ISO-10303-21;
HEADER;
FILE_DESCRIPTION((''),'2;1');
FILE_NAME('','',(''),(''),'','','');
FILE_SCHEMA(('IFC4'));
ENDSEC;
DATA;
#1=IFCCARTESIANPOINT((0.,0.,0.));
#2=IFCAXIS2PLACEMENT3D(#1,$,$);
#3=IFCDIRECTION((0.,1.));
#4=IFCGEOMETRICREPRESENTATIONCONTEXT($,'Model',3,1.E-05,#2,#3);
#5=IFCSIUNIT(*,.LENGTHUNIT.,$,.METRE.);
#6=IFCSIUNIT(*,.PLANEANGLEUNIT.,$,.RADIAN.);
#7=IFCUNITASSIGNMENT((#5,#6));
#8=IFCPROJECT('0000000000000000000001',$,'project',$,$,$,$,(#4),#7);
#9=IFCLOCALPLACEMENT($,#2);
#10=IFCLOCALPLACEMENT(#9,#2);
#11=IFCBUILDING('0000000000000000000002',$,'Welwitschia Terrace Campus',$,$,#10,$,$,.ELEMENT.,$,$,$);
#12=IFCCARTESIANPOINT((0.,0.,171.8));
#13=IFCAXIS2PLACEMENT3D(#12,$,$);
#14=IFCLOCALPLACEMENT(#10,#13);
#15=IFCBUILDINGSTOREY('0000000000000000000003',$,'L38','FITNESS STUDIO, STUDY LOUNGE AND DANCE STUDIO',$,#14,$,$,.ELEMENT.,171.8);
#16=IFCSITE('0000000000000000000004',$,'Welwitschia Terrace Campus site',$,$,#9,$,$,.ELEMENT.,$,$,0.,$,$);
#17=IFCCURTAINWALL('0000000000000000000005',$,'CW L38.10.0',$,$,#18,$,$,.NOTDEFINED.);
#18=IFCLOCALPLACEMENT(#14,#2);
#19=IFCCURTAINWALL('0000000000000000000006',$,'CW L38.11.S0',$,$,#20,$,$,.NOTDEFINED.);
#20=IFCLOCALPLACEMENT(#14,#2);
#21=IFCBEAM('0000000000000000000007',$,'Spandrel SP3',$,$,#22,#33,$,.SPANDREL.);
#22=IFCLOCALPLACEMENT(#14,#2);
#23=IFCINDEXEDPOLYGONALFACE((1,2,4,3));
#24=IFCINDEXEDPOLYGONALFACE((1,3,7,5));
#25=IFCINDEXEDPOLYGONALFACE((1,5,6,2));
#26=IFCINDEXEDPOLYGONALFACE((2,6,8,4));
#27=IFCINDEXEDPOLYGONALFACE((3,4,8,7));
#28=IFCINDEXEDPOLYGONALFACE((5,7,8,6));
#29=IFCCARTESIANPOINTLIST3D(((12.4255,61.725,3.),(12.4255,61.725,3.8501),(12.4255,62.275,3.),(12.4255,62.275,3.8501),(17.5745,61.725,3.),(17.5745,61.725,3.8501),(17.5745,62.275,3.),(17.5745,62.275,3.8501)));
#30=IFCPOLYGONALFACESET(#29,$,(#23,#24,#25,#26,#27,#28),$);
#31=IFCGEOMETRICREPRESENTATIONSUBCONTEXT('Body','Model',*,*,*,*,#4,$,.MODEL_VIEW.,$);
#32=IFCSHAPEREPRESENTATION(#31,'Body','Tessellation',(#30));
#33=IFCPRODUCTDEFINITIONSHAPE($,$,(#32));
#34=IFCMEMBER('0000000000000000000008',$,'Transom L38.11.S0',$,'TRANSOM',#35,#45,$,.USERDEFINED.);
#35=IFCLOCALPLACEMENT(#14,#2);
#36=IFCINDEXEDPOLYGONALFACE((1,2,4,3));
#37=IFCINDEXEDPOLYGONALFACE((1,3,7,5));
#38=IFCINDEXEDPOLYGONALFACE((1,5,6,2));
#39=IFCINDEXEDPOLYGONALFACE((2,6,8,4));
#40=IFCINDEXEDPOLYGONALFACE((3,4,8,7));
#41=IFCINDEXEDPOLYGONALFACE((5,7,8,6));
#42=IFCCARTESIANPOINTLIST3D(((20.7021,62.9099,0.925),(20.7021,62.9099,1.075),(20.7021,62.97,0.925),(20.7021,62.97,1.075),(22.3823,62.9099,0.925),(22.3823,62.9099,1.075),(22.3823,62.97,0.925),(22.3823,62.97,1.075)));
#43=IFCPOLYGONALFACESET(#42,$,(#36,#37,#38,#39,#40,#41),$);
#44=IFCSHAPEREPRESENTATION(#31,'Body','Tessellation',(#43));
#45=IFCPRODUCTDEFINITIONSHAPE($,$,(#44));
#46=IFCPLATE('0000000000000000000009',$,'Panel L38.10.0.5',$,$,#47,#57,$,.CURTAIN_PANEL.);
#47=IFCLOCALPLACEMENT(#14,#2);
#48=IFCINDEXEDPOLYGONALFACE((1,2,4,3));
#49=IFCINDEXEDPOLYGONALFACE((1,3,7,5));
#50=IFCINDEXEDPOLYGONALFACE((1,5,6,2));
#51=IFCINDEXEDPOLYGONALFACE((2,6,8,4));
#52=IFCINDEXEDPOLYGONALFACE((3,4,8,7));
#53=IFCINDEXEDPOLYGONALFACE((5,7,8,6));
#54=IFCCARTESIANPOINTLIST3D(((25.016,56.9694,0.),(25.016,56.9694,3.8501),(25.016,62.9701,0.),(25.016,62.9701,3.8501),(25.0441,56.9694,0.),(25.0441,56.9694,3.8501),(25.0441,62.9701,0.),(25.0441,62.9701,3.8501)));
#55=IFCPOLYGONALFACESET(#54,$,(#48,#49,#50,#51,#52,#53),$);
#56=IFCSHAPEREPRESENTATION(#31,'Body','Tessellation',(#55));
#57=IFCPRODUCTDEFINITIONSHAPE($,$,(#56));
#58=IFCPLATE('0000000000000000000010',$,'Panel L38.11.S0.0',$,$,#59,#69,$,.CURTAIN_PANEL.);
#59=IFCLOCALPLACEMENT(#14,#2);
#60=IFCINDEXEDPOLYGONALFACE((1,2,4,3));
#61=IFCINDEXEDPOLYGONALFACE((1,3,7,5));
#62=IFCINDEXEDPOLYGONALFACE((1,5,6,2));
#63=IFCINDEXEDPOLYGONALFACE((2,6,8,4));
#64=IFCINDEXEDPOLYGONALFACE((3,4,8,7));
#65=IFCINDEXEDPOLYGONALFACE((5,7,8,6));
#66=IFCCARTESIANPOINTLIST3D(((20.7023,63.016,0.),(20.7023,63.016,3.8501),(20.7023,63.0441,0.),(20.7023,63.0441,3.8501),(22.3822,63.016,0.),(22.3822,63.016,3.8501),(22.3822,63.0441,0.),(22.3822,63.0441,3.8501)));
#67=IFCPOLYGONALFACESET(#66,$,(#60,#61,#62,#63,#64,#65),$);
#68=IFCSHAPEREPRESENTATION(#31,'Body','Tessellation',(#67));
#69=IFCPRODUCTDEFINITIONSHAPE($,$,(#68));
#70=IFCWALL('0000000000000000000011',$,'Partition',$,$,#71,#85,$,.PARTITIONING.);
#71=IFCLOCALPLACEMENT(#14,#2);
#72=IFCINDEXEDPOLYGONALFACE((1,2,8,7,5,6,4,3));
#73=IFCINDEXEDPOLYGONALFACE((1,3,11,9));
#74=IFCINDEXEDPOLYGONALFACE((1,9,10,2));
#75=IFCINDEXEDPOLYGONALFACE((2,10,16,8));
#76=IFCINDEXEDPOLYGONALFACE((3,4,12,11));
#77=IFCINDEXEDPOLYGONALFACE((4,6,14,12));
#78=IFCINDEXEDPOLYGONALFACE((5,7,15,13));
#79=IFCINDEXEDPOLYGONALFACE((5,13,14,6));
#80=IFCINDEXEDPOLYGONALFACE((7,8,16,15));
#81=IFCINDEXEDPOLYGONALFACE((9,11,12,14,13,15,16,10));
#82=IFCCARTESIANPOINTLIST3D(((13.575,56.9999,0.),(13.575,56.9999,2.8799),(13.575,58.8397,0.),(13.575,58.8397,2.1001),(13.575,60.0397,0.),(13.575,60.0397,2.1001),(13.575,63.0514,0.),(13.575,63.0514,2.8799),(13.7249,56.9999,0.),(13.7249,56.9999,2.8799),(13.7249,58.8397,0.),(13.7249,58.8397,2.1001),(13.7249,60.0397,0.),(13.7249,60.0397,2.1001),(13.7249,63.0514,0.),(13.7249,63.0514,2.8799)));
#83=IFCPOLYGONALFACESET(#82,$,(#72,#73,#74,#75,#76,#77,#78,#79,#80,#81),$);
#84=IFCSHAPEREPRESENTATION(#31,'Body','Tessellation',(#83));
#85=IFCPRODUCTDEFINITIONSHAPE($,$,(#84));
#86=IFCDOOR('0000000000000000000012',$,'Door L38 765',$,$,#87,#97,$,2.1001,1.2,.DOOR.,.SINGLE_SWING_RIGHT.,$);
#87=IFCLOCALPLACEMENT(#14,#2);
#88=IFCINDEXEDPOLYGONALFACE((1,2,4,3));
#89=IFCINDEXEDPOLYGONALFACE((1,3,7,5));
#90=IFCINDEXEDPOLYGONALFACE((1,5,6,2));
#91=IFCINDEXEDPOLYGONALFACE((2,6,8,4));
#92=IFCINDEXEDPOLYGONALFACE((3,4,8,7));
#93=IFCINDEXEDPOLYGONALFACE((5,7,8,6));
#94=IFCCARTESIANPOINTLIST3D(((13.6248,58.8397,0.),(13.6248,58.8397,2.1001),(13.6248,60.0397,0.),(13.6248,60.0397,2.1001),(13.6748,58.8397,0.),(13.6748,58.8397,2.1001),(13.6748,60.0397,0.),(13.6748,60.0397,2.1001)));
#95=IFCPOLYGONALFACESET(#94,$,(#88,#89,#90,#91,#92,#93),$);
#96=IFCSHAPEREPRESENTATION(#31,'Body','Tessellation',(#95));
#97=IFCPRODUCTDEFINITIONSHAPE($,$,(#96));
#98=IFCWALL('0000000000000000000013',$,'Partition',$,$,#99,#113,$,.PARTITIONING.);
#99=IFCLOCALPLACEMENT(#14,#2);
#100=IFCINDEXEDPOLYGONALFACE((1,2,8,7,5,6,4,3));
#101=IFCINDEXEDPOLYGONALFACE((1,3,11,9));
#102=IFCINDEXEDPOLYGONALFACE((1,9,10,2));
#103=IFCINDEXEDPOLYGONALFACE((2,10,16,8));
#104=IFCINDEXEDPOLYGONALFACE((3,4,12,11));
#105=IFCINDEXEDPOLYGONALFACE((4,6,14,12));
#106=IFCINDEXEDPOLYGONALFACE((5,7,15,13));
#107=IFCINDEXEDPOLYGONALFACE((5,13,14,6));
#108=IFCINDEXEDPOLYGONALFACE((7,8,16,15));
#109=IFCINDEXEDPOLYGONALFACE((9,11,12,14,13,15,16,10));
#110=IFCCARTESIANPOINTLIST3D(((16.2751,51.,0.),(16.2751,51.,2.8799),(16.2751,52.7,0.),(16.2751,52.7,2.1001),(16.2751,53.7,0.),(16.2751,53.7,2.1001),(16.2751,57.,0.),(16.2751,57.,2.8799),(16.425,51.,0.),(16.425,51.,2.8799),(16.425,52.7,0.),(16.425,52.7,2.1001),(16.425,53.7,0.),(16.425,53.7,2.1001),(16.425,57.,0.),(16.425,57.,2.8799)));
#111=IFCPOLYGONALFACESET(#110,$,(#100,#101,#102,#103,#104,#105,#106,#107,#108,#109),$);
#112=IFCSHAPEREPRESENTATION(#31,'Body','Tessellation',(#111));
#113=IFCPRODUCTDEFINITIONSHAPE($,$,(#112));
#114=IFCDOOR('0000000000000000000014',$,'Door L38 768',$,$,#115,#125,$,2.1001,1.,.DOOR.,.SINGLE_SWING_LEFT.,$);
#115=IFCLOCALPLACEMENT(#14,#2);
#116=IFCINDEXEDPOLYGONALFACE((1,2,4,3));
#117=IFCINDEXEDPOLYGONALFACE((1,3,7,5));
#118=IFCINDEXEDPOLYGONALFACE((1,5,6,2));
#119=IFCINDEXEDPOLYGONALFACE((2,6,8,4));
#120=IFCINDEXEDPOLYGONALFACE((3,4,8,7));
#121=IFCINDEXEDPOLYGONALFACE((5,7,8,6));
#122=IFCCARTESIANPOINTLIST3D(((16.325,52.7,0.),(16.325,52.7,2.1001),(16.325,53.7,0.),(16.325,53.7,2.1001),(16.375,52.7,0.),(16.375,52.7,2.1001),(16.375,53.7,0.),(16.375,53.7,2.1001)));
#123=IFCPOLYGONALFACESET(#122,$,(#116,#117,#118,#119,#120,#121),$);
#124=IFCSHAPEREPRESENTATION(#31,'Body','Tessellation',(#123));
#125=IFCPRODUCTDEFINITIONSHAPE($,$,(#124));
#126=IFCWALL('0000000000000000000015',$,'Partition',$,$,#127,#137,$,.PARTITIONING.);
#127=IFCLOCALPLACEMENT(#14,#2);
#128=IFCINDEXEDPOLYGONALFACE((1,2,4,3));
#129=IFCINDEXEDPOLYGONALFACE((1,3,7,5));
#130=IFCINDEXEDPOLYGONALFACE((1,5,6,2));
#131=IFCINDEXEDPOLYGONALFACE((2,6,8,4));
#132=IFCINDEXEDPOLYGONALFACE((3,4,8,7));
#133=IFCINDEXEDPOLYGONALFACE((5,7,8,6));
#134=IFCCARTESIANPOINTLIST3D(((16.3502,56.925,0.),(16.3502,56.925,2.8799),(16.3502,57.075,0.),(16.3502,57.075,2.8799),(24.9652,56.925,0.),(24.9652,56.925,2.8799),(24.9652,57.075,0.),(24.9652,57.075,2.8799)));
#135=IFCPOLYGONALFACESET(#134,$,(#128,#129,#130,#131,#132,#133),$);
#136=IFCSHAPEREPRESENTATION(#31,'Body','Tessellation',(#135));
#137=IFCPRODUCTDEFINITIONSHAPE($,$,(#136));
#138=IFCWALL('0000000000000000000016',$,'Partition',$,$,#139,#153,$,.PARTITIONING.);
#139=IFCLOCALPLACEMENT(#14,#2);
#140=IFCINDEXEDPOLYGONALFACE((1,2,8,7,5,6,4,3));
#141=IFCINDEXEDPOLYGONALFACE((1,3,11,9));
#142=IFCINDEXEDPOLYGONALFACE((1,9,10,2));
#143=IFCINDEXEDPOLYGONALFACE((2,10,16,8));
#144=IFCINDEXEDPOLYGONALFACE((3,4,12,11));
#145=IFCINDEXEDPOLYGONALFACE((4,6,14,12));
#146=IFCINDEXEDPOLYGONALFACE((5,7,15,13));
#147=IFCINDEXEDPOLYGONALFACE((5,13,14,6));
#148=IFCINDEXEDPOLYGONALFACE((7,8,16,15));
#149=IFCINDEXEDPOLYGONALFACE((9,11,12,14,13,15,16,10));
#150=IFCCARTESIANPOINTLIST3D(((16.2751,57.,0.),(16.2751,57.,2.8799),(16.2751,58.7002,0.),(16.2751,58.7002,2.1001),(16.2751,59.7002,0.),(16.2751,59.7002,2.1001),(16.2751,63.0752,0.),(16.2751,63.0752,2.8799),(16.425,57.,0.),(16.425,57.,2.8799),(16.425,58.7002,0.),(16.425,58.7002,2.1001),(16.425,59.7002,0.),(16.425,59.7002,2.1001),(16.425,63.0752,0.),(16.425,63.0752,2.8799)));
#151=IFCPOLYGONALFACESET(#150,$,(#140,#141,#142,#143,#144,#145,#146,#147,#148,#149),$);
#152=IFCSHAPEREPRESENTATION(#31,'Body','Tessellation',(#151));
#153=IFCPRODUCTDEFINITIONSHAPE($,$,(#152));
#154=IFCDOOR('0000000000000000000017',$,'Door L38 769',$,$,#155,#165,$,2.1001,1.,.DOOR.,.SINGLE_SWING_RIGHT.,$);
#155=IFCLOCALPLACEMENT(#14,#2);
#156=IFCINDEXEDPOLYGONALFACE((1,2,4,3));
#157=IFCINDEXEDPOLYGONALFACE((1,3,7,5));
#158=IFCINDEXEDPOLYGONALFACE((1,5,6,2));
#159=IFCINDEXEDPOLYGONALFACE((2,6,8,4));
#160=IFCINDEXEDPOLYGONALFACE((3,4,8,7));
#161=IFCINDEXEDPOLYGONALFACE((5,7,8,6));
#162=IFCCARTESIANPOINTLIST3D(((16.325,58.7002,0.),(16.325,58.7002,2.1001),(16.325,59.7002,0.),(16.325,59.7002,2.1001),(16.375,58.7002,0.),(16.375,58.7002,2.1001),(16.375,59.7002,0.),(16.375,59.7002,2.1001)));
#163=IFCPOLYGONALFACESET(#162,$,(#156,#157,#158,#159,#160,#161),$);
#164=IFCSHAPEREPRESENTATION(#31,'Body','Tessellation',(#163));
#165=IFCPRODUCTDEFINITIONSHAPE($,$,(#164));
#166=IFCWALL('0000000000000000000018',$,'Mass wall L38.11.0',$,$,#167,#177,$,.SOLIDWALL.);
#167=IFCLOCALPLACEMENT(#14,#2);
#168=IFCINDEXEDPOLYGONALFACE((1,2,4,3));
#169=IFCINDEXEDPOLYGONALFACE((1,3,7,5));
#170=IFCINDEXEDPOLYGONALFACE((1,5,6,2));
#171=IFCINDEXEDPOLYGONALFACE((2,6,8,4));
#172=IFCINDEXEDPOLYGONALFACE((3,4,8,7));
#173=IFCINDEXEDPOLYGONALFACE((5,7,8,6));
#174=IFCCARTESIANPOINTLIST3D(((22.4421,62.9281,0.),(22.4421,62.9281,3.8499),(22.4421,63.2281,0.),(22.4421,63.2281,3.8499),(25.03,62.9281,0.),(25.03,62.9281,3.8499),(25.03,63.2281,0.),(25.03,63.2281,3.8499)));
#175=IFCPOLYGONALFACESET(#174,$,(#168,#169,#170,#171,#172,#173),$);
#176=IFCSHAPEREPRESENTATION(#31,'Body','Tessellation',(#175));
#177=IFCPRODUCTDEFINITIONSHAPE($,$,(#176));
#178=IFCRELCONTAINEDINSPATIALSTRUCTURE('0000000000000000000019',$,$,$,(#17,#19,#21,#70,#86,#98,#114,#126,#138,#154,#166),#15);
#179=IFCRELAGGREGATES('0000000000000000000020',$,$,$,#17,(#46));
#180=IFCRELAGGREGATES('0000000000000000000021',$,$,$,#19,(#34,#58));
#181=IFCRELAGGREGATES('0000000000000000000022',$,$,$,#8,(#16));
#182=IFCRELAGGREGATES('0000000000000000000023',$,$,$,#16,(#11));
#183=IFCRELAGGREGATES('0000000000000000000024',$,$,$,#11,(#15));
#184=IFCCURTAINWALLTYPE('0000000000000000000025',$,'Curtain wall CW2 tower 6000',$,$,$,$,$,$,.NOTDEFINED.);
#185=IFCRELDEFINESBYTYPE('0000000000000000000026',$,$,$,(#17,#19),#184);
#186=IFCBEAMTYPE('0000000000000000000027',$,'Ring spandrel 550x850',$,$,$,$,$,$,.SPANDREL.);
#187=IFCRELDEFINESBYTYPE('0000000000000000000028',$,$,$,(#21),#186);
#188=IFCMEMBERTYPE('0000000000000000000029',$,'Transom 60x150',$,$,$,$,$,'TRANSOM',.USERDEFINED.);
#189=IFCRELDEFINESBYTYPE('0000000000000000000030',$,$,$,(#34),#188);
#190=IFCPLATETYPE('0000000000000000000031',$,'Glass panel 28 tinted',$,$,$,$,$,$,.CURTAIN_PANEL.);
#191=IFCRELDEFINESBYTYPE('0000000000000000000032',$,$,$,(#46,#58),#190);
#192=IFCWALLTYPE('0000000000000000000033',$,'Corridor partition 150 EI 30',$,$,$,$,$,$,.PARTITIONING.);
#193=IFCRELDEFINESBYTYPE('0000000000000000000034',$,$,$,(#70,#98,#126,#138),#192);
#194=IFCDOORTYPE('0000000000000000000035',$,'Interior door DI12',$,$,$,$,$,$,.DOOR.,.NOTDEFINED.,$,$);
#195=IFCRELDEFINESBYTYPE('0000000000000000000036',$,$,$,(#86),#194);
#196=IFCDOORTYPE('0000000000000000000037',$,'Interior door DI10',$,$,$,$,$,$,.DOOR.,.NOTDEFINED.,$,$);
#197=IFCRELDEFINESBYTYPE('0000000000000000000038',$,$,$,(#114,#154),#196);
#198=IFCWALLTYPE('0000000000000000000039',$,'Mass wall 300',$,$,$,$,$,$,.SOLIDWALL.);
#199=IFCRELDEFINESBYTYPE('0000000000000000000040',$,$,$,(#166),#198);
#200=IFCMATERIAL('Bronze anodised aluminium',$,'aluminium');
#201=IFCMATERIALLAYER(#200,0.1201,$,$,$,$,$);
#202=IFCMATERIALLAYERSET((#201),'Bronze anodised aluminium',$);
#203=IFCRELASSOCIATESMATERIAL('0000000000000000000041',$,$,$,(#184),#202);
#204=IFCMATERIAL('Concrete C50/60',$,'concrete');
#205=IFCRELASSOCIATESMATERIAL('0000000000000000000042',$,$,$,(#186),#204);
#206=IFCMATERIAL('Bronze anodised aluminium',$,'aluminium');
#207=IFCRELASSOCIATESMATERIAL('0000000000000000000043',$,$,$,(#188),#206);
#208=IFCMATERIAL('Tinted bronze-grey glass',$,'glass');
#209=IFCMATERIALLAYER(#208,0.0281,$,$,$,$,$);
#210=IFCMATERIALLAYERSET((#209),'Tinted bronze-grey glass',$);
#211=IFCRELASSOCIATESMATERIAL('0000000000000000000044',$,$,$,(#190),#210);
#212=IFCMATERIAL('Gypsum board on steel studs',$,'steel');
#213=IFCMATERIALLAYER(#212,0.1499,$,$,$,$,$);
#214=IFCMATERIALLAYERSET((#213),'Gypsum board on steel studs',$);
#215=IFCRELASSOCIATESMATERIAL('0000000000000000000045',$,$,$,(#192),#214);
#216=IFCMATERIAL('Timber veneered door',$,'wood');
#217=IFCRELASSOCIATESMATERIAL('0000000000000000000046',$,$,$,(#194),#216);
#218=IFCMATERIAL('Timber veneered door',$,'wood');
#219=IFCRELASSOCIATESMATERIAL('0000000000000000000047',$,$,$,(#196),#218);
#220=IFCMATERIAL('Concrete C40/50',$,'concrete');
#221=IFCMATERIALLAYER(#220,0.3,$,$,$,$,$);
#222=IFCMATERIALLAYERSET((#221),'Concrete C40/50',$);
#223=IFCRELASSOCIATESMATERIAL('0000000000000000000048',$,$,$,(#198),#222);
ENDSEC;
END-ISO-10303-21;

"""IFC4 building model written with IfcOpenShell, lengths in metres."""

from ifc_helpers import new_model, si_unit, direction, frame, frame_2d, origin, origin_2d, place, context, subcontext, project, spatial, rectangle, extrude, material, layer, layer_set, material_profile, profile_set, type_object, element, fill, aggregate, save


model = new_model("IFC4")

# Units and contexts
model_context = context("Model", 3, precision=1e-05, world=origin(), true_north=direction((0.0, 1.0)))
body_context = subcontext(model_context, "Body", "Model", "MODEL_VIEW")
ifc_project = project(units=[si_unit("LENGTHUNIT", "METRE"), si_unit("PLANEANGLEUNIT", "RADIAN")], contexts=[model_context])

# Site, building, storey
site_placement = place(None, origin())
site = spatial("IfcSite", under=ifc_project, at=site_placement, Name="Welwitschia Terrace Campus site", CompositionType="ELEMENT", RefElevation=0.0)
building_placement = place(site_placement, origin())
building = spatial("IfcBuilding", under=site, at=building_placement, Name="Welwitschia Terrace Campus", CompositionType="ELEMENT")
storey_placement = place(building_placement, frame((0.0, 0.0, 171.8)))
storey = spatial("IfcBuildingStorey", under=building, at=storey_placement, Name="L38", Description="FITNESS STUDIO, STUDY LOUNGE AND DANCE STUDIO", CompositionType="ELEMENT", Elevation=171.8)

# Curtain walls
ifc_material_1 = material(Name="Bronze anodised aluminium", Category="aluminium")
ifc_layer_1 = layer(ifc_material_1, 0.1201)
ifc_layer_set_1 = layer_set([ifc_layer_1], Name="Bronze anodised aluminium")
curtain_wall_type = type_object("IfcCurtainWallType", Name="Curtain wall CW2 tower 6000", PredefinedType="NOTDEFINED", material=ifc_layer_set_1)
curtain_wall_1_placement = place(storey_placement, origin())
curtain_wall_1 = element("IfcCurtainWall", 1, at=curtain_wall_1_placement, inside=storey, type_object=curtain_wall_type, Name="CW L38.10.0", PredefinedType="NOTDEFINED")
curtain_wall_2_placement = place(storey_placement, origin())
curtain_wall_2 = element("IfcCurtainWall", 2, at=curtain_wall_2_placement, inside=storey, type_object=curtain_wall_type, Name="CW L38.11.S0", PredefinedType="NOTDEFINED")

# Beam
ifc_material_2 = material(Name="Concrete C50/60", Category="concrete")
ifc_material_profile_1 = material_profile(ifc_material_2, rectangle(XDim=0.55, YDim=0.8501, at=origin_2d()))
ifc_profile_set_1 = profile_set([ifc_material_profile_1], Name="Concrete C50/60")
beam_type_1 = type_object("IfcBeamType", Name="Ring spandrel 550x850", PredefinedType="SPANDREL", material=ifc_profile_set_1)
beam_1_placement = place(storey_placement, frame((17.5745, 62.0, 3.425), z_axis=(-1.0, 0.0, 0.0), x_axis=(0.0, -1.0, 0.0)))
element("IfcBeam", 3, at=beam_1_placement, inside=storey, type_object=beam_type_1, Name="Spandrel SP3", PredefinedType="SPANDREL", context=body_context, shape_type="SweptSolid", body=[
    extrude(rectangle(XDim=0.55, YDim=0.8501, at=origin_2d()), origin(), (0.0, 0.0, 1.0), 5.1489),
])

# Member
ifc_material_3 = material(Name="Bronze anodised aluminium", Category="aluminium")
ifc_material_profile_2 = material_profile(ifc_material_3, rectangle(XDim=0.0601, YDim=0.1499, at=origin_2d()))
ifc_profile_set_2 = profile_set([ifc_material_profile_2], Name="Bronze anodised aluminium")
member_type_1 = type_object("IfcMemberType", Name="Transom 60x150", ElementType="TRANSOM", PredefinedType="USERDEFINED", material=ifc_profile_set_2)
member_1_placement = place(storey_placement, frame((22.3823, 62.9399, 1.0), z_axis=(-1.0, 0.0, 0.0), x_axis=(0.0, -1.0, 0.0)))
member_1 = element("IfcMember", 4, at=member_1_placement, type_object=member_type_1, Name="Transom L38.11.S0", ObjectType="TRANSOM", PredefinedType="USERDEFINED", context=body_context, shape_type="SweptSolid", body=[
    extrude(rectangle(XDim=0.0601, YDim=0.1499, at=origin_2d()), origin(), (0.0, 0.0, 1.0), 1.6802),
])

# Plates
ifc_material_4 = material(Name="Tinted bronze-grey glass", Category="glass")
ifc_layer_2 = layer(ifc_material_4, 0.0281)
ifc_layer_set_2 = layer_set([ifc_layer_2], Name="Tinted bronze-grey glass")
plate_type = type_object("IfcPlateType", Name="Glass panel 28 tinted", PredefinedType="CURTAIN_PANEL", material=ifc_layer_set_2)
plate_1_placement = place(storey_placement, frame((25.03, 59.9697, 0.0), z_axis=(0.0, 0.0, 1.0), x_axis=(0.0, 1.0, 0.0)))
plate_1 = element("IfcPlate", 5, at=plate_1_placement, type_object=plate_type, Name="Panel L38.10.0.5", PredefinedType="CURTAIN_PANEL", context=body_context, shape_type="SweptSolid", body=[
    extrude(rectangle(XDim=6.0007, YDim=0.0281, at=origin_2d()), origin(), (0.0, 0.0, 1.0), 3.8501),
])
aggregate(curtain_wall_1, [plate_1])
plate_2_placement = place(storey_placement, frame((21.5422, 63.03, 0.0), z_axis=(0.0, 0.0, 1.0), x_axis=(-1.0, 0.0, 0.0)))
plate_2 = element("IfcPlate", 6, at=plate_2_placement, type_object=plate_type, Name="Panel L38.11.S0.0", PredefinedType="CURTAIN_PANEL", context=body_context, shape_type="SweptSolid", body=[
    extrude(rectangle(XDim=1.6799, YDim=0.0281, at=origin_2d()), origin(), (0.0, 0.0, 1.0), 3.8501),
])
aggregate(curtain_wall_2, [member_1, plate_2])

# Walls, openings, doors
ifc_material_5 = material(Name="Gypsum board on steel studs", Category="steel")
ifc_layer_3 = layer(ifc_material_5, 0.1499)
ifc_layer_set_3 = layer_set([ifc_layer_3], Name="Gypsum board on steel studs")
wall_type_1 = type_object("IfcWallType", Name="Corridor partition 150 EI 30", PredefinedType="PARTITIONING", material=ifc_layer_set_3)
wall_1_placement = place(storey_placement, frame((13.6499, 63.0515, 0.0), z_axis=(0.0, 0.0, 1.0), x_axis=(0.0, -1.0, 0.0)))
wall_1 = element("IfcWall", 7, at=wall_1_placement, inside=storey, type_object=wall_type_1, Name="Partition", PredefinedType="PARTITIONING", context=body_context, shape_type="SweptSolid", body=[
    extrude(rectangle(XDim=6.0515, YDim=0.1499, at=frame_2d((3.0259, 0.0))), origin(), (0.0, 0.0, 1.0), 2.8799),
])
opening_1_placement = place(wall_1_placement, frame((3.0117, 0.0, 0.0)))
opening_1 = element("IfcOpeningElement", 8, at=opening_1_placement, cuts=wall_1, PredefinedType="OPENING", context=body_context, shape_type="SweptSolid", body=[
    extrude(rectangle(XDim=1.2, YDim=2.1001, at=frame_2d((0.6001, 1.05))), frame((0.0, 0.085, 0.0), z_axis=(0.0, -1.0, 0.0), x_axis=(1.0, 0.0, 0.0)), (0.0, 0.0, 1.0), 0.1699),
])
ifc_material_6 = material(Name="Timber veneered door", Category="wood")
door_type_1 = type_object("IfcDoorType", Name="Interior door DI12", OperationType="NOTDEFINED", PredefinedType="DOOR", material=ifc_material_6)
door_1_placement = place(opening_1_placement, origin())
door_1 = element("IfcDoor", 9, at=door_1_placement, inside=storey, type_object=door_type_1, Name="Door L38 765", OperationType="SINGLE_SWING_RIGHT", OverallHeight=2.1001, OverallWidth=1.2, PredefinedType="DOOR", context=body_context, shape_type="SweptSolid", body=[
    extrude(rectangle(XDim=1.2, YDim=2.1001, at=frame_2d((0.6001, 1.05))), frame((0.0, 0.0249, 0.0), z_axis=(0.0, -1.0, 0.0), x_axis=(1.0, 0.0, 0.0)), (0.0, 0.0, 1.0), 0.05),
])
fill(opening_1, door_1)
wall_2_placement = place(storey_placement, frame((16.3501, 57.0, 0.0), z_axis=(0.0, 0.0, 1.0), x_axis=(0.0, -1.0, 0.0)))
wall_2 = element("IfcWall", 10, at=wall_2_placement, inside=storey, type_object=wall_type_1, Name="Partition", PredefinedType="PARTITIONING", context=body_context, shape_type="SweptSolid", body=[
    extrude(rectangle(XDim=6.0, YDim=0.1499, at=frame_2d((3.0, 0.0))), origin(), (0.0, 0.0, 1.0), 2.8799),
])
opening_2_placement = place(wall_2_placement, frame((3.3, 0.0, 0.0)))
opening_2 = element("IfcOpeningElement", 11, at=opening_2_placement, cuts=wall_2, PredefinedType="OPENING", context=body_context, shape_type="SweptSolid", body=[
    extrude(rectangle(XDim=1.0, YDim=2.1001, at=frame_2d((0.5, 1.05))), frame((0.0, 0.085, 0.0), z_axis=(0.0, -1.0, 0.0), x_axis=(1.0, 0.0, 0.0)), (0.0, 0.0, 1.0), 0.1699),
])
ifc_material_7 = material(Name="Timber veneered door", Category="wood")
door_type_2 = type_object("IfcDoorType", Name="Interior door DI10", OperationType="NOTDEFINED", PredefinedType="DOOR", material=ifc_material_7)
door_2_placement = place(opening_2_placement, origin())
door_2 = element("IfcDoor", 12, at=door_2_placement, inside=storey, type_object=door_type_2, Name="Door L38 768", OperationType="SINGLE_SWING_LEFT", OverallHeight=2.1001, OverallWidth=1.0, PredefinedType="DOOR", context=body_context, shape_type="SweptSolid", body=[
    extrude(rectangle(XDim=1.0, YDim=2.1001, at=frame_2d((0.5, 1.05))), frame((0.0, 0.0249, 0.0), z_axis=(0.0, -1.0, 0.0), x_axis=(1.0, 0.0, 0.0)), (0.0, 0.0, 1.0), 0.05),
])
fill(opening_2, door_2)

# Wall
wall_3_placement = place(storey_placement, frame((16.3501, 57.0, 0.0), z_axis=(0.0, 0.0, 1.0), x_axis=(1.0, 0.0, 0.0)))
element("IfcWall", 13, at=wall_3_placement, inside=storey, type_object=wall_type_1, Name="Partition", PredefinedType="PARTITIONING", context=body_context, shape_type="SweptSolid", body=[
    extrude(rectangle(XDim=8.615, YDim=0.1499, at=frame_2d((4.3076, 0.0))), origin(), (0.0, 0.0, 1.0), 2.8799),
])

# Wall, opening, door
wall_4_placement = place(storey_placement, frame((16.3501, 63.0752, 0.0), z_axis=(0.0, 0.0, 1.0), x_axis=(0.0, -1.0, 0.0)))
wall_4 = element("IfcWall", 14, at=wall_4_placement, inside=storey, type_object=wall_type_1, Name="Partition", PredefinedType="PARTITIONING", context=body_context, shape_type="SweptSolid", body=[
    extrude(rectangle(XDim=6.0752, YDim=0.1499, at=frame_2d((3.0376, 0.0))), origin(), (0.0, 0.0, 1.0), 2.8799),
])
opening_3_placement = place(wall_4_placement, frame((3.375, 0.0, 0.0)))
opening_3 = element("IfcOpeningElement", 15, at=opening_3_placement, cuts=wall_4, PredefinedType="OPENING", context=body_context, shape_type="SweptSolid", body=[
    extrude(rectangle(XDim=1.0, YDim=2.1001, at=frame_2d((0.5, 1.05))), frame((0.0, 0.085, 0.0), z_axis=(0.0, -1.0, 0.0), x_axis=(1.0, 0.0, 0.0)), (0.0, 0.0, 1.0), 0.1699),
])
door_3_placement = place(opening_3_placement, origin())
door_3 = element("IfcDoor", 16, at=door_3_placement, inside=storey, type_object=door_type_2, Name="Door L38 769", OperationType="SINGLE_SWING_RIGHT", OverallHeight=2.1001, OverallWidth=1.0, PredefinedType="DOOR", context=body_context, shape_type="SweptSolid", body=[
    extrude(rectangle(XDim=1.0, YDim=2.1001, at=frame_2d((0.5, 1.05))), frame((0.0, 0.0249, 0.0), z_axis=(0.0, -1.0, 0.0), x_axis=(1.0, 0.0, 0.0)), (0.0, 0.0, 1.0), 0.05),
])
fill(opening_3, door_3)

# Wall
ifc_material_8 = material(Name="Concrete C40/50", Category="concrete")
ifc_layer_4 = layer(ifc_material_8, 0.3)
ifc_layer_set_4 = layer_set([ifc_layer_4], Name="Concrete C40/50")
wall_type_2 = type_object("IfcWallType", Name="Mass wall 300", PredefinedType="SOLIDWALL", material=ifc_layer_set_4)
wall_5_placement = place(storey_placement, frame((25.03, 63.0781, 0.0), z_axis=(0.0, 0.0, 1.0), x_axis=(-1.0, 0.0, 0.0)))
element("IfcWall", 17, at=wall_5_placement, inside=storey, type_object=wall_type_2, Name="Mass wall L38.11.0", PredefinedType="SOLIDWALL", context=body_context, shape_type="SweptSolid", body=[
    extrude(rectangle(XDim=2.5879, YDim=0.3, at=frame_2d((1.2939, 0.0))), origin(), (0.0, 0.0, 1.0), 3.8499),
])

save(model, "model.ifc")
